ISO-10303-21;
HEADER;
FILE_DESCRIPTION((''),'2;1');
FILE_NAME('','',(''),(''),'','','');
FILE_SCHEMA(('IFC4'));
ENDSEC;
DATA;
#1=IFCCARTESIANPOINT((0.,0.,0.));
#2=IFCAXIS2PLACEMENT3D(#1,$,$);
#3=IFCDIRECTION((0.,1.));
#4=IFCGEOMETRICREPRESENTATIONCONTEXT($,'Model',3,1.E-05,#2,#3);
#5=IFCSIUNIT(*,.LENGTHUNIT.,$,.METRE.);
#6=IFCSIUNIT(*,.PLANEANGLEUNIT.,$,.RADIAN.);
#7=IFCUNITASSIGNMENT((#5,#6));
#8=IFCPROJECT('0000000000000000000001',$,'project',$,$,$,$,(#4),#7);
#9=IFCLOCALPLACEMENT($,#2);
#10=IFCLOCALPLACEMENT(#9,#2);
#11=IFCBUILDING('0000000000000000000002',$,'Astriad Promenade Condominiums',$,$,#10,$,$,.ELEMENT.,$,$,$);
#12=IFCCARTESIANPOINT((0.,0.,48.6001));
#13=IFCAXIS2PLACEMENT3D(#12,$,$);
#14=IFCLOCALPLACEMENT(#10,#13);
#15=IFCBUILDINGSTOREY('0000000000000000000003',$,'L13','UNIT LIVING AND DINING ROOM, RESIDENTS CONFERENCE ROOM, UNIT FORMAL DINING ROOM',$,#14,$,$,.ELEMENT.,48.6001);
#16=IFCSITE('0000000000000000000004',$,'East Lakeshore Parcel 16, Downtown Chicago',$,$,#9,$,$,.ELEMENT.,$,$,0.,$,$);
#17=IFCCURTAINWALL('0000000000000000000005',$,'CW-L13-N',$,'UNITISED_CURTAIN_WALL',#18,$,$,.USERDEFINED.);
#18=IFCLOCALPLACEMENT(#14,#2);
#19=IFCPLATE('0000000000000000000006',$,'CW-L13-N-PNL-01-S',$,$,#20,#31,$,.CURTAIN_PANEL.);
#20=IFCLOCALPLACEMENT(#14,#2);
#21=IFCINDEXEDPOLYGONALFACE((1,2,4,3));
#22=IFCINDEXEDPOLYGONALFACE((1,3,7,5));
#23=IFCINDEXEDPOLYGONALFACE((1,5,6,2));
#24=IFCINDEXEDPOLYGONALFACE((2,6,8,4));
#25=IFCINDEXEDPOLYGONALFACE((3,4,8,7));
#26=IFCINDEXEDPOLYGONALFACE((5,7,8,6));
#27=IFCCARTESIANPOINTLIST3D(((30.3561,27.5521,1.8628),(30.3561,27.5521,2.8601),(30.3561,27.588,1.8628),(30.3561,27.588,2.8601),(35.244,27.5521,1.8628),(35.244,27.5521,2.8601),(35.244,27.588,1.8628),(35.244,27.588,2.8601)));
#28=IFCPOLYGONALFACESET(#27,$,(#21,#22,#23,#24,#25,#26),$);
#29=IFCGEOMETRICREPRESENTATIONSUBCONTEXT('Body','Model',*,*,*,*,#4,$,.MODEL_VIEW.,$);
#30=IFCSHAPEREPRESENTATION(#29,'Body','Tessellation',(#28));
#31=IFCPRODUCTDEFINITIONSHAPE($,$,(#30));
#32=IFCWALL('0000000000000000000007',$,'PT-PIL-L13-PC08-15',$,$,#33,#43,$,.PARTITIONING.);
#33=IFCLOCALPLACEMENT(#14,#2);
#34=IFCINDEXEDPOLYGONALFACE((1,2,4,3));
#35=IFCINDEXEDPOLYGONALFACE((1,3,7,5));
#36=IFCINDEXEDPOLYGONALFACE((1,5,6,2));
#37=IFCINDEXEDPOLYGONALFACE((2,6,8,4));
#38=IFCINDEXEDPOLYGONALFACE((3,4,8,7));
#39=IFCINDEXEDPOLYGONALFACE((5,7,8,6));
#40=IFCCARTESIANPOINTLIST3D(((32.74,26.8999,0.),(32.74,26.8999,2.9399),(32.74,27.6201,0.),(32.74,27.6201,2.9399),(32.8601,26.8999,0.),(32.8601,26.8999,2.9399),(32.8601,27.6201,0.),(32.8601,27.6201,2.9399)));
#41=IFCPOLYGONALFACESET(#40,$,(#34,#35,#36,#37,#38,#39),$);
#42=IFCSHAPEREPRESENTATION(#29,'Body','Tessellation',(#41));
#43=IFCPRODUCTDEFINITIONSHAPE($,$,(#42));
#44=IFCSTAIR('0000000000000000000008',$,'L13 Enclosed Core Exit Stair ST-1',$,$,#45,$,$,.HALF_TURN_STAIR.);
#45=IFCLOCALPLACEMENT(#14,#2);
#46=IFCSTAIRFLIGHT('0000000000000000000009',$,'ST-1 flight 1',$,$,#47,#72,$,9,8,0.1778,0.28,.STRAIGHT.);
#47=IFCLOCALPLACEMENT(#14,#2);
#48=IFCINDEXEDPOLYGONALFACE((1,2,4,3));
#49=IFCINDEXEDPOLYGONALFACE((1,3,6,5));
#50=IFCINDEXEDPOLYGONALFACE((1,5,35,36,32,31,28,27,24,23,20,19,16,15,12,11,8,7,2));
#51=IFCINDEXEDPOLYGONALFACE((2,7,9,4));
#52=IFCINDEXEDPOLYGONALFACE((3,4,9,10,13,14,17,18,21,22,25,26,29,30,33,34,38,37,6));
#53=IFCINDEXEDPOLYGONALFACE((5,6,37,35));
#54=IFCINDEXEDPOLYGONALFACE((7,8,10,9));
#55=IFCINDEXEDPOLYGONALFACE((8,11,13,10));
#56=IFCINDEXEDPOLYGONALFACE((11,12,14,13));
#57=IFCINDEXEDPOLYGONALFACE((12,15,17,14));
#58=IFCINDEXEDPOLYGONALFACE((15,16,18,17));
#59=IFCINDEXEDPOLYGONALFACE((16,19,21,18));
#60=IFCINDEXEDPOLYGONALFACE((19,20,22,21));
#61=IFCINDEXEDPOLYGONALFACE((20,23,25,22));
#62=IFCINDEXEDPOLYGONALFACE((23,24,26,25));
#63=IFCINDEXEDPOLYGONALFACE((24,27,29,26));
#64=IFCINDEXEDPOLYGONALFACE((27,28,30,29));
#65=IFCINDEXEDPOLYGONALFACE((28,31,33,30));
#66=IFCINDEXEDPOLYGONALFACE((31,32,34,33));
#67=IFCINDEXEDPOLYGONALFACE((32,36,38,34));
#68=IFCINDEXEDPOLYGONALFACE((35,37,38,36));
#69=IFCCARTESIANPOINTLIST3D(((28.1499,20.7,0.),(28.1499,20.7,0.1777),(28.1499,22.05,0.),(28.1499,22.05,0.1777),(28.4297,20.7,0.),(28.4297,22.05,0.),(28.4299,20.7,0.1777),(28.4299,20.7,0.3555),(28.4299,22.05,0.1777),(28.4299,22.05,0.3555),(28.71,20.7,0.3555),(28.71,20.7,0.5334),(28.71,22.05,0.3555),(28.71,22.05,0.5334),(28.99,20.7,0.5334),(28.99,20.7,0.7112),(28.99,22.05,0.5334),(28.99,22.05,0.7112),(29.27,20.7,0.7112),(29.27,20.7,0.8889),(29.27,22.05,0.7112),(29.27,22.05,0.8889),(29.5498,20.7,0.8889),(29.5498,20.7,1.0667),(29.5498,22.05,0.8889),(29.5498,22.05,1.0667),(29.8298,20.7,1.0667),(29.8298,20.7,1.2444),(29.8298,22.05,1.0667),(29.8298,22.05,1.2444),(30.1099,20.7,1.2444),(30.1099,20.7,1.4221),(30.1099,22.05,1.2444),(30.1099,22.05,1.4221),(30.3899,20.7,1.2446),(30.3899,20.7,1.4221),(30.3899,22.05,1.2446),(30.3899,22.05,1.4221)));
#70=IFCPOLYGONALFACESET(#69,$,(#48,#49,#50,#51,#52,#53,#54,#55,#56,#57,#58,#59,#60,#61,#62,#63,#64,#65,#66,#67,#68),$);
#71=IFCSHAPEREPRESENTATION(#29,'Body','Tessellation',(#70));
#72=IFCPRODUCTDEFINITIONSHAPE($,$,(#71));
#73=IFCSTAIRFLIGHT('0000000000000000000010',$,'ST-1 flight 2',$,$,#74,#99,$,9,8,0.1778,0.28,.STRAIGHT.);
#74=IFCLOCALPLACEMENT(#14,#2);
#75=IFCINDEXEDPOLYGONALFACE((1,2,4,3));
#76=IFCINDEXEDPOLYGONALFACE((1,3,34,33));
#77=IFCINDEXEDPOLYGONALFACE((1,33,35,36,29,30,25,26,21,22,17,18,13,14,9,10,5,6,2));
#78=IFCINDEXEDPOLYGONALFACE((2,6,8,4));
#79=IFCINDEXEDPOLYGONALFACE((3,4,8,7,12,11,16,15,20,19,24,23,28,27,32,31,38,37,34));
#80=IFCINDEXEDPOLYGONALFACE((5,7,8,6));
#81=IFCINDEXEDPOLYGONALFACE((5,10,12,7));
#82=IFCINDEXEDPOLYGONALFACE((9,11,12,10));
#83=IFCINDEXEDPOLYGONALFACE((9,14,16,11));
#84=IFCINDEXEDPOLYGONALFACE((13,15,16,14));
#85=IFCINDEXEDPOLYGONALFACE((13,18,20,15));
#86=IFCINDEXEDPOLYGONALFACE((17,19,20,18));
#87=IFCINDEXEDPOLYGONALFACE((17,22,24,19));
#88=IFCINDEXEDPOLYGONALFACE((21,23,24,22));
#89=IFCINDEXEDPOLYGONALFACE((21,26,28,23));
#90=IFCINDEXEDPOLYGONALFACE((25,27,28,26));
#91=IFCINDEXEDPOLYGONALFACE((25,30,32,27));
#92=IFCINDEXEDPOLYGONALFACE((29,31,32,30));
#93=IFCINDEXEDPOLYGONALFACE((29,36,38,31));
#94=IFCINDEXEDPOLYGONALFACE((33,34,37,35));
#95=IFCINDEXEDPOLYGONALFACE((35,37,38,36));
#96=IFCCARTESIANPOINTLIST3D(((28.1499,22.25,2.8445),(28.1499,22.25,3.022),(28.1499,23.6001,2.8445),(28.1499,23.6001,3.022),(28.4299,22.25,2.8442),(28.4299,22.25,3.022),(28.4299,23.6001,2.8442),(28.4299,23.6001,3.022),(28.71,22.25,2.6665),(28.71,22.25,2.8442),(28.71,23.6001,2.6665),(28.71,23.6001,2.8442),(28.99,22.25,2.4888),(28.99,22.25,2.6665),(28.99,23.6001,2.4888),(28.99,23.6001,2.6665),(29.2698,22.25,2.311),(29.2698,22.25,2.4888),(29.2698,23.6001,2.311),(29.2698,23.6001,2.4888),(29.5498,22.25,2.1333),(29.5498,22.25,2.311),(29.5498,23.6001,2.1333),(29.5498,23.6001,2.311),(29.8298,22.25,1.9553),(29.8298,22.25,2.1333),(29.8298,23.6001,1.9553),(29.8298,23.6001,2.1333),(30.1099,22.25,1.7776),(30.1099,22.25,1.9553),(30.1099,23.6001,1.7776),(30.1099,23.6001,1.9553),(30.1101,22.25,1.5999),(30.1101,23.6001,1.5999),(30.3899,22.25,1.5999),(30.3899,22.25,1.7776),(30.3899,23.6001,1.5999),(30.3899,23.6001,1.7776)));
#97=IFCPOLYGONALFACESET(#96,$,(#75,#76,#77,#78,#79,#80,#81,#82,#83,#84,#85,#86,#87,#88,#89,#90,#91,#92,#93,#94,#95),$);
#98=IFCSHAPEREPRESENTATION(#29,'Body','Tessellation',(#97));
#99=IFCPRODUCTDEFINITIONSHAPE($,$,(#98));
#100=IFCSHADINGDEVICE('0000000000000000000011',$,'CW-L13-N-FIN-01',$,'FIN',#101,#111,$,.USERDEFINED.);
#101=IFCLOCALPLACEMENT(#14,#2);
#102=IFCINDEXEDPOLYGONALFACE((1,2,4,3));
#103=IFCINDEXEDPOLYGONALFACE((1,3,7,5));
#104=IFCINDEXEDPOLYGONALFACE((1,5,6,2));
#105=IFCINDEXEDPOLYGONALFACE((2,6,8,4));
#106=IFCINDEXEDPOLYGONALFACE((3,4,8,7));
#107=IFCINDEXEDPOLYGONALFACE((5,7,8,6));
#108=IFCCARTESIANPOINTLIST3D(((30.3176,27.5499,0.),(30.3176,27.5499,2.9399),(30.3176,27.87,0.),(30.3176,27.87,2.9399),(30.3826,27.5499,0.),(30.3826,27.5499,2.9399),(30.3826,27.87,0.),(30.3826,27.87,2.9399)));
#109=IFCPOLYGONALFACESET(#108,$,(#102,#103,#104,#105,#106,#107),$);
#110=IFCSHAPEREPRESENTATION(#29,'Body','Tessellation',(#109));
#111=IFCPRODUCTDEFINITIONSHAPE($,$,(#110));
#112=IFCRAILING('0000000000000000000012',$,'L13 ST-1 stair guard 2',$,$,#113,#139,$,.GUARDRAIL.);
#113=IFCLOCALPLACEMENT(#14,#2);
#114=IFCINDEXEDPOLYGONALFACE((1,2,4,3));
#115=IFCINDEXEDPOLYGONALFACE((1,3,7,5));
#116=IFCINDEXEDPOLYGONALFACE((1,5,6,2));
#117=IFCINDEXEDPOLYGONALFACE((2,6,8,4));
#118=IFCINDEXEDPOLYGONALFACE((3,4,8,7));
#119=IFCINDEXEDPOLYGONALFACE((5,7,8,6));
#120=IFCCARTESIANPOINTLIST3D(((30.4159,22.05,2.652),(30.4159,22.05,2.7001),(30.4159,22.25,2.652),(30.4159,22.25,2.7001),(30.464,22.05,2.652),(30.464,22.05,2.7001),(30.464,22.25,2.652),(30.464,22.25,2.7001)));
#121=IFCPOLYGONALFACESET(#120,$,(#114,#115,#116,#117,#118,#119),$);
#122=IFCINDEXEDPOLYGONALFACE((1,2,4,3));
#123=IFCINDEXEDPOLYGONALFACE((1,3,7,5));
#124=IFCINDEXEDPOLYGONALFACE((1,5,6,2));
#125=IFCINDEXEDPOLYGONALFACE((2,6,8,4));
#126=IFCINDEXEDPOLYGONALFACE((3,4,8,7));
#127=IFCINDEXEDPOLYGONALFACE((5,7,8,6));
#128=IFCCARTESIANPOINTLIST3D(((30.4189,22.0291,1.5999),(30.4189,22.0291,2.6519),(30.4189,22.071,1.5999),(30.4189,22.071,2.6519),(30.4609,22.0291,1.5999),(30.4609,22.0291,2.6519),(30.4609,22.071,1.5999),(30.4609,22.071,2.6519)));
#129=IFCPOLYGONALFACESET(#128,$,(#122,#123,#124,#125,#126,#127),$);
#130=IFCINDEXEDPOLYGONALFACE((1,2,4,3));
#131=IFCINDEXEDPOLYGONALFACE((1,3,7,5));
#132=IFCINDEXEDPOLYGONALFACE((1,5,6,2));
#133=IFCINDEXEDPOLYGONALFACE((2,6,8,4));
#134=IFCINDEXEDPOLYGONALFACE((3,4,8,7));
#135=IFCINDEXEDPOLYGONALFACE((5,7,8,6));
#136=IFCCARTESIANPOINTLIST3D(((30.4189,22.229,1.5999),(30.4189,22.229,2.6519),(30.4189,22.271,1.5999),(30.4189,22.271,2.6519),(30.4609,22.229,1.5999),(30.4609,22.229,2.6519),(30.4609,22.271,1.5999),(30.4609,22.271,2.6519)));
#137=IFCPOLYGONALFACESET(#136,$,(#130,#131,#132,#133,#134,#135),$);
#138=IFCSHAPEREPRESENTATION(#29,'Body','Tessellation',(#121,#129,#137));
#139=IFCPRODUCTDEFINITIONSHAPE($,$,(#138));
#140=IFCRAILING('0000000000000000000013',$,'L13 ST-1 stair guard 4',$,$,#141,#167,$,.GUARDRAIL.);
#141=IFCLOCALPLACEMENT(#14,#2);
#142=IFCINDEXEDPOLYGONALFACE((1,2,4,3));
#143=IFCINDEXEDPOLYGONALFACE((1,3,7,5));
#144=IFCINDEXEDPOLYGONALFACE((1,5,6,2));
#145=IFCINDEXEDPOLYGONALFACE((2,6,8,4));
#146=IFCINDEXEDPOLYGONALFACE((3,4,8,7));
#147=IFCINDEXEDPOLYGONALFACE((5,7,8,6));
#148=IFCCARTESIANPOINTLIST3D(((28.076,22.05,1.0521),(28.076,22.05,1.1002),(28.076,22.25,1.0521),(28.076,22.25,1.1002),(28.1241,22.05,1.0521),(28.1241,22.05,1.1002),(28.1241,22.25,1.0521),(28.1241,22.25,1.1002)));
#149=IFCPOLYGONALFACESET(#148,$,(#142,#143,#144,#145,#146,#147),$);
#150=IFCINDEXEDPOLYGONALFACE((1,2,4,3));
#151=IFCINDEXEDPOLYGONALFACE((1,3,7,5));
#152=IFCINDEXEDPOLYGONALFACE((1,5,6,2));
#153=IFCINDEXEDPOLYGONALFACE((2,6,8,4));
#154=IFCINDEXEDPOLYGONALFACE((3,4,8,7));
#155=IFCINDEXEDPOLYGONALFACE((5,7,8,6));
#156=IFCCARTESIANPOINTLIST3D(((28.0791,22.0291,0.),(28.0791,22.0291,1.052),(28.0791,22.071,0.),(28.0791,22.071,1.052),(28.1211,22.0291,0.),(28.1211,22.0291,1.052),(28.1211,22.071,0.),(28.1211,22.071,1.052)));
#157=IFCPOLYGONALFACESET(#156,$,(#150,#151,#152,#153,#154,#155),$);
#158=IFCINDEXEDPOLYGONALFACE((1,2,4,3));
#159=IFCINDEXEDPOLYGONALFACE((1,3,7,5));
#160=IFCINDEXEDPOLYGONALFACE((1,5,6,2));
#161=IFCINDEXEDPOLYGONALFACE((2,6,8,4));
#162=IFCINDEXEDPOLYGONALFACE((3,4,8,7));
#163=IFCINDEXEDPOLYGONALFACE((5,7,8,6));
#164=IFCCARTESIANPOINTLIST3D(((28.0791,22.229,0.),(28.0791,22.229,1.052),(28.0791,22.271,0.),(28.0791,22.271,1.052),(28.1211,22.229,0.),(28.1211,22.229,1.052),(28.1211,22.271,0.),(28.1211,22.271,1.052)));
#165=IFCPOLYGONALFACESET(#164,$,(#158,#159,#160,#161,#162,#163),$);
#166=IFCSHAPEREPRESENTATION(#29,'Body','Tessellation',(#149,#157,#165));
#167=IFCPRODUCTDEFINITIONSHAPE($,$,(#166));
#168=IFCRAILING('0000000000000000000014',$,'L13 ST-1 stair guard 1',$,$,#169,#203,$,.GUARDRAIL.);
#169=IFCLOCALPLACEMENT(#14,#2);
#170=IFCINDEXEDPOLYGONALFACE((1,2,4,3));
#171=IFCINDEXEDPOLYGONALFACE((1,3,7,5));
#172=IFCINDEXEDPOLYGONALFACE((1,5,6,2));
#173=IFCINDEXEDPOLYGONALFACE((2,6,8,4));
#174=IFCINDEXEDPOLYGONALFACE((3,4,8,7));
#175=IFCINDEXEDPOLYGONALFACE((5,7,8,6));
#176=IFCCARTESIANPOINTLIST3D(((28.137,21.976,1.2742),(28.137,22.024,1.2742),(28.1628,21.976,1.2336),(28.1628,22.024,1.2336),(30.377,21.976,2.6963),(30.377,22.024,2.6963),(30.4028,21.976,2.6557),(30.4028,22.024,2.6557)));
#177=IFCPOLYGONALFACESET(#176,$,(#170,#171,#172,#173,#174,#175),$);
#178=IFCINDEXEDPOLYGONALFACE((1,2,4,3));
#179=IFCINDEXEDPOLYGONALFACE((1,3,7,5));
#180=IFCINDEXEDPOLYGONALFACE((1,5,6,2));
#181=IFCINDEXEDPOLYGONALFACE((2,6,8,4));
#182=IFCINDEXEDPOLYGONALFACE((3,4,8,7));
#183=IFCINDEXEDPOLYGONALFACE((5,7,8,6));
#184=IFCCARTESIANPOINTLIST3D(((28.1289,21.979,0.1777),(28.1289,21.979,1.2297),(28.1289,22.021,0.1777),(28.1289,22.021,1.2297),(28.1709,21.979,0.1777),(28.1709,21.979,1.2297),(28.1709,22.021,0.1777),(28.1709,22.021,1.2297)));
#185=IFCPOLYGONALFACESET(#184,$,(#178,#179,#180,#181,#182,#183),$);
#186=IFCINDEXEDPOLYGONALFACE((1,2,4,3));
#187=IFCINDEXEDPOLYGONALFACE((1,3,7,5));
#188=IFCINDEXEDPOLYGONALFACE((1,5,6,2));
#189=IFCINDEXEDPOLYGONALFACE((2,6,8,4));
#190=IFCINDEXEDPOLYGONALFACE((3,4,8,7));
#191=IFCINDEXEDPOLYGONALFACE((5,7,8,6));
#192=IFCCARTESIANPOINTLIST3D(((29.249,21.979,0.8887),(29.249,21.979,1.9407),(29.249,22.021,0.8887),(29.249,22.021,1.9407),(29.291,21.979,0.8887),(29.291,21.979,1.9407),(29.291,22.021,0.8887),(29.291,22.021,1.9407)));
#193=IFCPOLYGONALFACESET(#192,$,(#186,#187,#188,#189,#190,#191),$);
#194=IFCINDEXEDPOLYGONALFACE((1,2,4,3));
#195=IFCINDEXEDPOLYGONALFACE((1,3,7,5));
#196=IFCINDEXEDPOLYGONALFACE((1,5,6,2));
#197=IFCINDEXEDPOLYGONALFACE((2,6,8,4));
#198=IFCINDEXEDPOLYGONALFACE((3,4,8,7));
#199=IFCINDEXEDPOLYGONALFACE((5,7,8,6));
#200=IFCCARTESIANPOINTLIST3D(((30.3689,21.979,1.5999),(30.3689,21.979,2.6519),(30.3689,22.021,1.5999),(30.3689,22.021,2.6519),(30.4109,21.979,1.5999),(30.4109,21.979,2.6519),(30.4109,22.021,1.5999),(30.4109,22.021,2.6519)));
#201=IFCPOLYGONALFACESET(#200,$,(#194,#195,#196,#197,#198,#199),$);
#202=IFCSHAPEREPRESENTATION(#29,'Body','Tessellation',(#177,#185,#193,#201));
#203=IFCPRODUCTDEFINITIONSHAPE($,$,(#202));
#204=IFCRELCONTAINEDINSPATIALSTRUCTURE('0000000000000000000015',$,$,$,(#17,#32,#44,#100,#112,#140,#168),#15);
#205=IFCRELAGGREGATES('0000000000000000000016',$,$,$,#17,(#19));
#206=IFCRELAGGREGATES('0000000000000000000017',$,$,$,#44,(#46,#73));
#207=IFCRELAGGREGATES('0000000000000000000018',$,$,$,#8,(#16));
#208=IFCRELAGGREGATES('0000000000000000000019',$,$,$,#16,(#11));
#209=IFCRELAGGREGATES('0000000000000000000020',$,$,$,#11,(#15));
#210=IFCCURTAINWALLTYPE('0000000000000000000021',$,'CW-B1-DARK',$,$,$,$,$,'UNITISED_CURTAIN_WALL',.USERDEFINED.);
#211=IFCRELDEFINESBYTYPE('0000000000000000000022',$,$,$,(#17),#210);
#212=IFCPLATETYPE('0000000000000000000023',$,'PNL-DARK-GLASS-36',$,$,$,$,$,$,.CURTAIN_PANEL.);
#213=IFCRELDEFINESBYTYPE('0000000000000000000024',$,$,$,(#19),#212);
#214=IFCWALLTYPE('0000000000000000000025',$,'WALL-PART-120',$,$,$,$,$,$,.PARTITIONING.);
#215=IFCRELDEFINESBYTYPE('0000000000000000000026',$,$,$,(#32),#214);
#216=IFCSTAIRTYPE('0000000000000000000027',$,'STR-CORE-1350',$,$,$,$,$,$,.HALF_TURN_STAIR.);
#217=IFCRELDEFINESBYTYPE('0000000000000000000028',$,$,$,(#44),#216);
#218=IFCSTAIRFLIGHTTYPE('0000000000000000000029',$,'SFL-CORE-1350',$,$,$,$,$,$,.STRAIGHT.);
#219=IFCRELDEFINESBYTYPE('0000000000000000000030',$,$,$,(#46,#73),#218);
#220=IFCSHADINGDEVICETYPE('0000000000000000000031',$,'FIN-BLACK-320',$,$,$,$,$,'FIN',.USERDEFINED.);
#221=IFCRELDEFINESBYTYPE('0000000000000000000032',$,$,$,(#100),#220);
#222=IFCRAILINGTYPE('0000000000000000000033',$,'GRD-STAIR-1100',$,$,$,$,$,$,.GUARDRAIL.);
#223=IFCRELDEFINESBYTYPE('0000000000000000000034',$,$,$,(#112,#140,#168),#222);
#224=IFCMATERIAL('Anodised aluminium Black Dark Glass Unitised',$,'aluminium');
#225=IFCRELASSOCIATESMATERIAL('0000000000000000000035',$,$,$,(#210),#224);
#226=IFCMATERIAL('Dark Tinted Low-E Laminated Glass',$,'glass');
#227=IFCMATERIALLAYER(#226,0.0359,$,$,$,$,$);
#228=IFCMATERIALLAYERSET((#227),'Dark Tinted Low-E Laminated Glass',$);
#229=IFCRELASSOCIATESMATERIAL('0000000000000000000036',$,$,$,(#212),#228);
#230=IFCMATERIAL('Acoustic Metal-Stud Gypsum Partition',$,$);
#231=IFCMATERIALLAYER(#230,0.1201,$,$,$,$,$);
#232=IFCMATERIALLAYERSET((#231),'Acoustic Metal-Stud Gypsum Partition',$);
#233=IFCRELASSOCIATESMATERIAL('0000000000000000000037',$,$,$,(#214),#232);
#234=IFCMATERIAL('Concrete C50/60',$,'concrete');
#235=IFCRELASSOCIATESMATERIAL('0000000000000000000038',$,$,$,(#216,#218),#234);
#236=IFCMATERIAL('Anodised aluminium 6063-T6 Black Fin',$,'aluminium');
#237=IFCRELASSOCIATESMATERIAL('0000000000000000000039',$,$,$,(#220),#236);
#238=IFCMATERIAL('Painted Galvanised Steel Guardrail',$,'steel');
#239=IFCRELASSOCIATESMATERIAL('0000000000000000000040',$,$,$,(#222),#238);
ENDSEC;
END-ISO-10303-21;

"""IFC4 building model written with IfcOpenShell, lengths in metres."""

from ifc_helpers import new_model, si_unit, direction, frame, frame_2d, origin, origin_2d, place, context, subcontext, project, spatial, polyline, rectangle, outline, extrude, source, transform, mapped, material, layer, layer_set, type_object, type_shapes, element, aggregate, save


model = new_model("IFC4")

# Units and contexts
model_context = context("Model", 3, precision=1e-05, world=origin(), true_north=direction((0.0, 1.0)))
body_context = subcontext(model_context, "Body", "Model", "MODEL_VIEW")
ifc_project = project(units=[si_unit("LENGTHUNIT", "METRE"), si_unit("PLANEANGLEUNIT", "RADIAN")], contexts=[model_context])

# Site, building, storey
site_placement = place(None, origin())
site = spatial("IfcSite", under=ifc_project, at=site_placement, Name="East Lakeshore Parcel 16, Downtown Chicago", CompositionType="ELEMENT", RefElevation=0.0)
building_placement = place(site_placement, origin())
building = spatial("IfcBuilding", under=site, at=building_placement, Name="Astriad Promenade Condominiums", CompositionType="ELEMENT")
storey_placement = place(building_placement, frame((0.0, 0.0, 48.6001)))
storey = spatial("IfcBuildingStorey", under=building, at=storey_placement, Name="L13", Description="UNIT LIVING AND DINING ROOM, RESIDENTS CONFERENCE ROOM, UNIT FORMAL DINING ROOM", CompositionType="ELEMENT", Elevation=48.6001)

# Curtain wall, plate
ifc_material_1 = material(Name="Anodised aluminium Black Dark Glass Unitised", Category="aluminium")
curtain_wall_type = type_object("IfcCurtainWallType", Name="CW-B1-DARK", ElementType="UNITISED_CURTAIN_WALL", PredefinedType="USERDEFINED", material=ifc_material_1)
curtain_wall_placement = place(storey_placement, origin())
curtain_wall = element("IfcCurtainWall", 1, at=curtain_wall_placement, inside=storey, type_object=curtain_wall_type, Name="CW-L13-N", ObjectType="UNITISED_CURTAIN_WALL", PredefinedType="USERDEFINED")
ifc_material_2 = material(Name="Dark Tinted Low-E Laminated Glass", Category="glass")
ifc_layer_1 = layer(ifc_material_2, 0.0359)
ifc_layer_set_1 = layer_set([ifc_layer_1], Name="Dark Tinted Low-E Laminated Glass")
plate_type = type_object("IfcPlateType", Name="PNL-DARK-GLASS-36", PredefinedType="CURTAIN_PANEL", material=ifc_layer_set_1)
shared_shape_1 = source(origin(), body_context, "Body", "SweptSolid", [
    extrude(rectangle(XDim=4.8879, YDim=0.0359, at=origin_2d()), origin(), (0.0, 0.0, 1.0), 0.9973),
])
plate_1_placement = place(storey_placement, frame((32.8, 27.5701, 1.8628), z_axis=(0.0, 0.0, 1.0), x_axis=(1.0, 0.0, 0.0)))
plate_1 = element("IfcPlate", 2, at=plate_1_placement, type_object=plate_type, Name="CW-L13-N-PNL-01-S", PredefinedType="CURTAIN_PANEL", context=body_context, shape_type="MappedRepresentation", body=[
    mapped(shared_shape_1, transform((0.0, 0.0, 0.0), scale=1.0)),
])
aggregate(curtain_wall, [plate_1])

# Wall
ifc_material_3 = material(Name="Acoustic Metal-Stud Gypsum Partition")
ifc_layer_2 = layer(ifc_material_3, 0.1201)
ifc_layer_set_2 = layer_set([ifc_layer_2], Name="Acoustic Metal-Stud Gypsum Partition")
wall_type = type_object("IfcWallType", Name="WALL-PART-120", PredefinedType="PARTITIONING", material=ifc_layer_set_2)
wall_placement = place(storey_placement, frame((32.8, 26.8999, 0.0), z_axis=(0.0, 0.0, 1.0), x_axis=(0.0, 1.0, 0.0)))
element("IfcWall", 3, at=wall_placement, inside=storey, type_object=wall_type, Name="PT-PIL-L13-PC08-15", PredefinedType="PARTITIONING", context=body_context, shape_type="SweptSolid", body=[
    extrude(rectangle(XDim=0.7202, YDim=0.1201, at=frame_2d((0.3601, 0.0))), origin(), (0.0, 0.0, 1.0), 2.9399),
])

# Stair, stair flights
ifc_material_4 = material(Name="Concrete C50/60", Category="concrete")
stair_type = type_object("IfcStairType", Name="STR-CORE-1350", PredefinedType="HALF_TURN_STAIR", material=ifc_material_4)
stair_placement = place(storey_placement, origin())
stair = element("IfcStair", 4, at=stair_placement, inside=storey, type_object=stair_type, Name="L13 Enclosed Core Exit Stair ST-1", PredefinedType="HALF_TURN_STAIR")
stair_flight_type = type_object("IfcStairFlightType", Name="SFL-CORE-1350", PredefinedType="STRAIGHT", material=ifc_material_4)
shared_shape_2 = source(origin(), body_context, "Body", "SweptSolid", [
    extrude(outline(polyline([(0.0, 0.0), (0.0, 0.1777), (0.28, 0.1777), (0.28, 0.3555), (0.5601, 0.3555), (0.5601, 0.5334), (0.8401, 0.5334), (0.8401, 0.7112), (1.1201, 0.7112), (1.1201, 0.8889), (1.3999, 0.8889), (1.3999, 1.0667), (1.6799, 1.0667), (1.6799, 1.2444), (1.96, 1.2444), (1.96, 1.4221), (2.24, 1.4221), (2.24, 1.6001), (2.24, 1.2446), (0.2798, 0.0), (0.0, 0.0)])), frame((0.0, 0.675, 0.0), z_axis=(0.0, -1.0, 0.0), x_axis=(1.0, 0.0, 0.0)), (0.0, 0.0, 1.0), 1.3501),
])
type_shapes(stair_flight_type, [shared_shape_2])
stair_flight_1_placement = place(storey_placement, frame((28.1499, 21.375, 0.0), z_axis=(0.0, 0.0, 1.0), x_axis=(1.0, 0.0, 0.0)))
stair_flight_1 = element("IfcStairFlight", 5, at=stair_flight_1_placement, type_object=stair_flight_type, Name="ST-1 flight 1", NumberOfRisers=9, NumberOfTreads=8, PredefinedType="STRAIGHT", RiserHeight=0.1778, TreadLength=0.28, context=body_context, shape_type="MappedRepresentation", body=[
    mapped(shared_shape_2, transform((0.0, 0.0, 0.0), scale=1.0)),
])
stair_flight_2_placement = place(storey_placement, frame((30.3899, 22.925, 1.5999), z_axis=(0.0, 0.0, 1.0), x_axis=(-1.0, 0.0, 0.0)))
stair_flight_2 = element("IfcStairFlight", 6, at=stair_flight_2_placement, type_object=stair_flight_type, Name="ST-1 flight 2", NumberOfRisers=9, NumberOfTreads=8, PredefinedType="STRAIGHT", RiserHeight=0.1778, TreadLength=0.28, context=body_context, shape_type="MappedRepresentation", body=[
    mapped(shared_shape_2, transform((0.0, 0.0, 0.0), scale=1.0)),
])
aggregate(stair, [stair_flight_1, stair_flight_2])

# Shading device
ifc_material_5 = material(Name="Anodised aluminium 6063-T6 Black Fin", Category="aluminium")
shading_device_type = type_object("IfcShadingDeviceType", Name="FIN-BLACK-320", ElementType="FIN", PredefinedType="USERDEFINED", material=ifc_material_5)
shared_shape_3 = source(origin(), body_context, "Body", "SweptSolid", [
    extrude(rectangle(XDim=0.0649, YDim=0.3201, at=origin_2d()), origin(), (0.0, 0.0, 1.0), 2.9399),
])
type_shapes(shading_device_type, [shared_shape_3])
shading_device_placement = place(storey_placement, frame((30.3501, 27.71, 0.0), z_axis=(0.0, 0.0, 1.0), x_axis=(1.0, 0.0, 0.0)))
element("IfcShadingDevice", 7, at=shading_device_placement, inside=storey, type_object=shading_device_type, Name="CW-L13-N-FIN-01", ObjectType="FIN", PredefinedType="USERDEFINED", context=body_context, shape_type="MappedRepresentation", body=[
    mapped(shared_shape_3, transform((0.0, 0.0, 0.0), scale=1.0)),
])

# Railings
ifc_material_6 = material(Name="Painted Galvanised Steel Guardrail", Category="steel")
railing_type_1 = type_object("IfcRailingType", Name="GRD-STAIR-1100", PredefinedType="GUARDRAIL", material=ifc_material_6)
shared_shape_4 = source(origin(), body_context, "Body", "SweptSolid", [
    extrude(rectangle(XDim=0.0481, YDim=0.0481, at=origin_2d()), frame((0.0, 0.0, 1.0762), z_axis=(0.0, 1.0, 0.0), x_axis=(-1.0, 0.0, 0.0)), (0.0, 0.0, 1.0), 0.2),
    extrude(rectangle(XDim=0.042, YDim=0.042, at=origin_2d()), origin(), (0.0, 0.0, 1.0), 1.052),
    extrude(rectangle(XDim=0.042, YDim=0.042, at=origin_2d()), frame((0.0, 0.2, 0.0)), (0.0, 0.0, 1.0), 1.052),
])
for number, where, name in (
    (8, (30.4399, 22.05, 1.5999), "L13 ST-1 stair guard 2"),
    (9, (28.1001, 22.05, 0.0), "L13 ST-1 stair guard 4"),
):
    element("IfcRailing", number, at=place(storey_placement, frame(where)), inside=storey, type_object=railing_type_1, Name=name, PredefinedType="GUARDRAIL", context=body_context, shape_type="MappedRepresentation", body=[
        mapped(shared_shape_4, transform((0.0, 0.0, 0.0), scale=1.0)),
    ])
shared_shape_5 = source(origin(), body_context, "Body", "SweptSolid", [
    extrude(rectangle(XDim=0.0481, YDim=0.0481, at=origin_2d()), frame((0.0, 0.0, 1.0762), z_axis=(0.844229, 0.0, 0.535982), x_axis=(0.0, 1.0, 0.0)), (0.0, 0.0, 1.0), 2.6533),
    extrude(rectangle(XDim=0.042, YDim=0.042, at=origin_2d()), origin(), (0.0, 0.0, 1.0), 1.052),
    extrude(rectangle(XDim=0.042, YDim=0.042, at=origin_2d()), frame((1.1201, 0.0, 0.7109)), (0.0, 0.0, 1.0), 1.052),
    extrude(rectangle(XDim=0.042, YDim=0.042, at=origin_2d()), frame((2.24, 0.0, 1.4221)), (0.0, 0.0, 1.0), 1.052),
])
railing_1_placement = place(storey_placement, frame((28.1499, 22.0, 0.1777)))
element("IfcRailing", 10, at=railing_1_placement, inside=storey, type_object=railing_type_1, Name="L13 ST-1 stair guard 1", PredefinedType="GUARDRAIL", context=body_context, shape_type="MappedRepresentation", body=[
    mapped(shared_shape_5, transform((0.0, 0.0, 0.0), scale=1.0)),
])

save(model, "model.ifc")
